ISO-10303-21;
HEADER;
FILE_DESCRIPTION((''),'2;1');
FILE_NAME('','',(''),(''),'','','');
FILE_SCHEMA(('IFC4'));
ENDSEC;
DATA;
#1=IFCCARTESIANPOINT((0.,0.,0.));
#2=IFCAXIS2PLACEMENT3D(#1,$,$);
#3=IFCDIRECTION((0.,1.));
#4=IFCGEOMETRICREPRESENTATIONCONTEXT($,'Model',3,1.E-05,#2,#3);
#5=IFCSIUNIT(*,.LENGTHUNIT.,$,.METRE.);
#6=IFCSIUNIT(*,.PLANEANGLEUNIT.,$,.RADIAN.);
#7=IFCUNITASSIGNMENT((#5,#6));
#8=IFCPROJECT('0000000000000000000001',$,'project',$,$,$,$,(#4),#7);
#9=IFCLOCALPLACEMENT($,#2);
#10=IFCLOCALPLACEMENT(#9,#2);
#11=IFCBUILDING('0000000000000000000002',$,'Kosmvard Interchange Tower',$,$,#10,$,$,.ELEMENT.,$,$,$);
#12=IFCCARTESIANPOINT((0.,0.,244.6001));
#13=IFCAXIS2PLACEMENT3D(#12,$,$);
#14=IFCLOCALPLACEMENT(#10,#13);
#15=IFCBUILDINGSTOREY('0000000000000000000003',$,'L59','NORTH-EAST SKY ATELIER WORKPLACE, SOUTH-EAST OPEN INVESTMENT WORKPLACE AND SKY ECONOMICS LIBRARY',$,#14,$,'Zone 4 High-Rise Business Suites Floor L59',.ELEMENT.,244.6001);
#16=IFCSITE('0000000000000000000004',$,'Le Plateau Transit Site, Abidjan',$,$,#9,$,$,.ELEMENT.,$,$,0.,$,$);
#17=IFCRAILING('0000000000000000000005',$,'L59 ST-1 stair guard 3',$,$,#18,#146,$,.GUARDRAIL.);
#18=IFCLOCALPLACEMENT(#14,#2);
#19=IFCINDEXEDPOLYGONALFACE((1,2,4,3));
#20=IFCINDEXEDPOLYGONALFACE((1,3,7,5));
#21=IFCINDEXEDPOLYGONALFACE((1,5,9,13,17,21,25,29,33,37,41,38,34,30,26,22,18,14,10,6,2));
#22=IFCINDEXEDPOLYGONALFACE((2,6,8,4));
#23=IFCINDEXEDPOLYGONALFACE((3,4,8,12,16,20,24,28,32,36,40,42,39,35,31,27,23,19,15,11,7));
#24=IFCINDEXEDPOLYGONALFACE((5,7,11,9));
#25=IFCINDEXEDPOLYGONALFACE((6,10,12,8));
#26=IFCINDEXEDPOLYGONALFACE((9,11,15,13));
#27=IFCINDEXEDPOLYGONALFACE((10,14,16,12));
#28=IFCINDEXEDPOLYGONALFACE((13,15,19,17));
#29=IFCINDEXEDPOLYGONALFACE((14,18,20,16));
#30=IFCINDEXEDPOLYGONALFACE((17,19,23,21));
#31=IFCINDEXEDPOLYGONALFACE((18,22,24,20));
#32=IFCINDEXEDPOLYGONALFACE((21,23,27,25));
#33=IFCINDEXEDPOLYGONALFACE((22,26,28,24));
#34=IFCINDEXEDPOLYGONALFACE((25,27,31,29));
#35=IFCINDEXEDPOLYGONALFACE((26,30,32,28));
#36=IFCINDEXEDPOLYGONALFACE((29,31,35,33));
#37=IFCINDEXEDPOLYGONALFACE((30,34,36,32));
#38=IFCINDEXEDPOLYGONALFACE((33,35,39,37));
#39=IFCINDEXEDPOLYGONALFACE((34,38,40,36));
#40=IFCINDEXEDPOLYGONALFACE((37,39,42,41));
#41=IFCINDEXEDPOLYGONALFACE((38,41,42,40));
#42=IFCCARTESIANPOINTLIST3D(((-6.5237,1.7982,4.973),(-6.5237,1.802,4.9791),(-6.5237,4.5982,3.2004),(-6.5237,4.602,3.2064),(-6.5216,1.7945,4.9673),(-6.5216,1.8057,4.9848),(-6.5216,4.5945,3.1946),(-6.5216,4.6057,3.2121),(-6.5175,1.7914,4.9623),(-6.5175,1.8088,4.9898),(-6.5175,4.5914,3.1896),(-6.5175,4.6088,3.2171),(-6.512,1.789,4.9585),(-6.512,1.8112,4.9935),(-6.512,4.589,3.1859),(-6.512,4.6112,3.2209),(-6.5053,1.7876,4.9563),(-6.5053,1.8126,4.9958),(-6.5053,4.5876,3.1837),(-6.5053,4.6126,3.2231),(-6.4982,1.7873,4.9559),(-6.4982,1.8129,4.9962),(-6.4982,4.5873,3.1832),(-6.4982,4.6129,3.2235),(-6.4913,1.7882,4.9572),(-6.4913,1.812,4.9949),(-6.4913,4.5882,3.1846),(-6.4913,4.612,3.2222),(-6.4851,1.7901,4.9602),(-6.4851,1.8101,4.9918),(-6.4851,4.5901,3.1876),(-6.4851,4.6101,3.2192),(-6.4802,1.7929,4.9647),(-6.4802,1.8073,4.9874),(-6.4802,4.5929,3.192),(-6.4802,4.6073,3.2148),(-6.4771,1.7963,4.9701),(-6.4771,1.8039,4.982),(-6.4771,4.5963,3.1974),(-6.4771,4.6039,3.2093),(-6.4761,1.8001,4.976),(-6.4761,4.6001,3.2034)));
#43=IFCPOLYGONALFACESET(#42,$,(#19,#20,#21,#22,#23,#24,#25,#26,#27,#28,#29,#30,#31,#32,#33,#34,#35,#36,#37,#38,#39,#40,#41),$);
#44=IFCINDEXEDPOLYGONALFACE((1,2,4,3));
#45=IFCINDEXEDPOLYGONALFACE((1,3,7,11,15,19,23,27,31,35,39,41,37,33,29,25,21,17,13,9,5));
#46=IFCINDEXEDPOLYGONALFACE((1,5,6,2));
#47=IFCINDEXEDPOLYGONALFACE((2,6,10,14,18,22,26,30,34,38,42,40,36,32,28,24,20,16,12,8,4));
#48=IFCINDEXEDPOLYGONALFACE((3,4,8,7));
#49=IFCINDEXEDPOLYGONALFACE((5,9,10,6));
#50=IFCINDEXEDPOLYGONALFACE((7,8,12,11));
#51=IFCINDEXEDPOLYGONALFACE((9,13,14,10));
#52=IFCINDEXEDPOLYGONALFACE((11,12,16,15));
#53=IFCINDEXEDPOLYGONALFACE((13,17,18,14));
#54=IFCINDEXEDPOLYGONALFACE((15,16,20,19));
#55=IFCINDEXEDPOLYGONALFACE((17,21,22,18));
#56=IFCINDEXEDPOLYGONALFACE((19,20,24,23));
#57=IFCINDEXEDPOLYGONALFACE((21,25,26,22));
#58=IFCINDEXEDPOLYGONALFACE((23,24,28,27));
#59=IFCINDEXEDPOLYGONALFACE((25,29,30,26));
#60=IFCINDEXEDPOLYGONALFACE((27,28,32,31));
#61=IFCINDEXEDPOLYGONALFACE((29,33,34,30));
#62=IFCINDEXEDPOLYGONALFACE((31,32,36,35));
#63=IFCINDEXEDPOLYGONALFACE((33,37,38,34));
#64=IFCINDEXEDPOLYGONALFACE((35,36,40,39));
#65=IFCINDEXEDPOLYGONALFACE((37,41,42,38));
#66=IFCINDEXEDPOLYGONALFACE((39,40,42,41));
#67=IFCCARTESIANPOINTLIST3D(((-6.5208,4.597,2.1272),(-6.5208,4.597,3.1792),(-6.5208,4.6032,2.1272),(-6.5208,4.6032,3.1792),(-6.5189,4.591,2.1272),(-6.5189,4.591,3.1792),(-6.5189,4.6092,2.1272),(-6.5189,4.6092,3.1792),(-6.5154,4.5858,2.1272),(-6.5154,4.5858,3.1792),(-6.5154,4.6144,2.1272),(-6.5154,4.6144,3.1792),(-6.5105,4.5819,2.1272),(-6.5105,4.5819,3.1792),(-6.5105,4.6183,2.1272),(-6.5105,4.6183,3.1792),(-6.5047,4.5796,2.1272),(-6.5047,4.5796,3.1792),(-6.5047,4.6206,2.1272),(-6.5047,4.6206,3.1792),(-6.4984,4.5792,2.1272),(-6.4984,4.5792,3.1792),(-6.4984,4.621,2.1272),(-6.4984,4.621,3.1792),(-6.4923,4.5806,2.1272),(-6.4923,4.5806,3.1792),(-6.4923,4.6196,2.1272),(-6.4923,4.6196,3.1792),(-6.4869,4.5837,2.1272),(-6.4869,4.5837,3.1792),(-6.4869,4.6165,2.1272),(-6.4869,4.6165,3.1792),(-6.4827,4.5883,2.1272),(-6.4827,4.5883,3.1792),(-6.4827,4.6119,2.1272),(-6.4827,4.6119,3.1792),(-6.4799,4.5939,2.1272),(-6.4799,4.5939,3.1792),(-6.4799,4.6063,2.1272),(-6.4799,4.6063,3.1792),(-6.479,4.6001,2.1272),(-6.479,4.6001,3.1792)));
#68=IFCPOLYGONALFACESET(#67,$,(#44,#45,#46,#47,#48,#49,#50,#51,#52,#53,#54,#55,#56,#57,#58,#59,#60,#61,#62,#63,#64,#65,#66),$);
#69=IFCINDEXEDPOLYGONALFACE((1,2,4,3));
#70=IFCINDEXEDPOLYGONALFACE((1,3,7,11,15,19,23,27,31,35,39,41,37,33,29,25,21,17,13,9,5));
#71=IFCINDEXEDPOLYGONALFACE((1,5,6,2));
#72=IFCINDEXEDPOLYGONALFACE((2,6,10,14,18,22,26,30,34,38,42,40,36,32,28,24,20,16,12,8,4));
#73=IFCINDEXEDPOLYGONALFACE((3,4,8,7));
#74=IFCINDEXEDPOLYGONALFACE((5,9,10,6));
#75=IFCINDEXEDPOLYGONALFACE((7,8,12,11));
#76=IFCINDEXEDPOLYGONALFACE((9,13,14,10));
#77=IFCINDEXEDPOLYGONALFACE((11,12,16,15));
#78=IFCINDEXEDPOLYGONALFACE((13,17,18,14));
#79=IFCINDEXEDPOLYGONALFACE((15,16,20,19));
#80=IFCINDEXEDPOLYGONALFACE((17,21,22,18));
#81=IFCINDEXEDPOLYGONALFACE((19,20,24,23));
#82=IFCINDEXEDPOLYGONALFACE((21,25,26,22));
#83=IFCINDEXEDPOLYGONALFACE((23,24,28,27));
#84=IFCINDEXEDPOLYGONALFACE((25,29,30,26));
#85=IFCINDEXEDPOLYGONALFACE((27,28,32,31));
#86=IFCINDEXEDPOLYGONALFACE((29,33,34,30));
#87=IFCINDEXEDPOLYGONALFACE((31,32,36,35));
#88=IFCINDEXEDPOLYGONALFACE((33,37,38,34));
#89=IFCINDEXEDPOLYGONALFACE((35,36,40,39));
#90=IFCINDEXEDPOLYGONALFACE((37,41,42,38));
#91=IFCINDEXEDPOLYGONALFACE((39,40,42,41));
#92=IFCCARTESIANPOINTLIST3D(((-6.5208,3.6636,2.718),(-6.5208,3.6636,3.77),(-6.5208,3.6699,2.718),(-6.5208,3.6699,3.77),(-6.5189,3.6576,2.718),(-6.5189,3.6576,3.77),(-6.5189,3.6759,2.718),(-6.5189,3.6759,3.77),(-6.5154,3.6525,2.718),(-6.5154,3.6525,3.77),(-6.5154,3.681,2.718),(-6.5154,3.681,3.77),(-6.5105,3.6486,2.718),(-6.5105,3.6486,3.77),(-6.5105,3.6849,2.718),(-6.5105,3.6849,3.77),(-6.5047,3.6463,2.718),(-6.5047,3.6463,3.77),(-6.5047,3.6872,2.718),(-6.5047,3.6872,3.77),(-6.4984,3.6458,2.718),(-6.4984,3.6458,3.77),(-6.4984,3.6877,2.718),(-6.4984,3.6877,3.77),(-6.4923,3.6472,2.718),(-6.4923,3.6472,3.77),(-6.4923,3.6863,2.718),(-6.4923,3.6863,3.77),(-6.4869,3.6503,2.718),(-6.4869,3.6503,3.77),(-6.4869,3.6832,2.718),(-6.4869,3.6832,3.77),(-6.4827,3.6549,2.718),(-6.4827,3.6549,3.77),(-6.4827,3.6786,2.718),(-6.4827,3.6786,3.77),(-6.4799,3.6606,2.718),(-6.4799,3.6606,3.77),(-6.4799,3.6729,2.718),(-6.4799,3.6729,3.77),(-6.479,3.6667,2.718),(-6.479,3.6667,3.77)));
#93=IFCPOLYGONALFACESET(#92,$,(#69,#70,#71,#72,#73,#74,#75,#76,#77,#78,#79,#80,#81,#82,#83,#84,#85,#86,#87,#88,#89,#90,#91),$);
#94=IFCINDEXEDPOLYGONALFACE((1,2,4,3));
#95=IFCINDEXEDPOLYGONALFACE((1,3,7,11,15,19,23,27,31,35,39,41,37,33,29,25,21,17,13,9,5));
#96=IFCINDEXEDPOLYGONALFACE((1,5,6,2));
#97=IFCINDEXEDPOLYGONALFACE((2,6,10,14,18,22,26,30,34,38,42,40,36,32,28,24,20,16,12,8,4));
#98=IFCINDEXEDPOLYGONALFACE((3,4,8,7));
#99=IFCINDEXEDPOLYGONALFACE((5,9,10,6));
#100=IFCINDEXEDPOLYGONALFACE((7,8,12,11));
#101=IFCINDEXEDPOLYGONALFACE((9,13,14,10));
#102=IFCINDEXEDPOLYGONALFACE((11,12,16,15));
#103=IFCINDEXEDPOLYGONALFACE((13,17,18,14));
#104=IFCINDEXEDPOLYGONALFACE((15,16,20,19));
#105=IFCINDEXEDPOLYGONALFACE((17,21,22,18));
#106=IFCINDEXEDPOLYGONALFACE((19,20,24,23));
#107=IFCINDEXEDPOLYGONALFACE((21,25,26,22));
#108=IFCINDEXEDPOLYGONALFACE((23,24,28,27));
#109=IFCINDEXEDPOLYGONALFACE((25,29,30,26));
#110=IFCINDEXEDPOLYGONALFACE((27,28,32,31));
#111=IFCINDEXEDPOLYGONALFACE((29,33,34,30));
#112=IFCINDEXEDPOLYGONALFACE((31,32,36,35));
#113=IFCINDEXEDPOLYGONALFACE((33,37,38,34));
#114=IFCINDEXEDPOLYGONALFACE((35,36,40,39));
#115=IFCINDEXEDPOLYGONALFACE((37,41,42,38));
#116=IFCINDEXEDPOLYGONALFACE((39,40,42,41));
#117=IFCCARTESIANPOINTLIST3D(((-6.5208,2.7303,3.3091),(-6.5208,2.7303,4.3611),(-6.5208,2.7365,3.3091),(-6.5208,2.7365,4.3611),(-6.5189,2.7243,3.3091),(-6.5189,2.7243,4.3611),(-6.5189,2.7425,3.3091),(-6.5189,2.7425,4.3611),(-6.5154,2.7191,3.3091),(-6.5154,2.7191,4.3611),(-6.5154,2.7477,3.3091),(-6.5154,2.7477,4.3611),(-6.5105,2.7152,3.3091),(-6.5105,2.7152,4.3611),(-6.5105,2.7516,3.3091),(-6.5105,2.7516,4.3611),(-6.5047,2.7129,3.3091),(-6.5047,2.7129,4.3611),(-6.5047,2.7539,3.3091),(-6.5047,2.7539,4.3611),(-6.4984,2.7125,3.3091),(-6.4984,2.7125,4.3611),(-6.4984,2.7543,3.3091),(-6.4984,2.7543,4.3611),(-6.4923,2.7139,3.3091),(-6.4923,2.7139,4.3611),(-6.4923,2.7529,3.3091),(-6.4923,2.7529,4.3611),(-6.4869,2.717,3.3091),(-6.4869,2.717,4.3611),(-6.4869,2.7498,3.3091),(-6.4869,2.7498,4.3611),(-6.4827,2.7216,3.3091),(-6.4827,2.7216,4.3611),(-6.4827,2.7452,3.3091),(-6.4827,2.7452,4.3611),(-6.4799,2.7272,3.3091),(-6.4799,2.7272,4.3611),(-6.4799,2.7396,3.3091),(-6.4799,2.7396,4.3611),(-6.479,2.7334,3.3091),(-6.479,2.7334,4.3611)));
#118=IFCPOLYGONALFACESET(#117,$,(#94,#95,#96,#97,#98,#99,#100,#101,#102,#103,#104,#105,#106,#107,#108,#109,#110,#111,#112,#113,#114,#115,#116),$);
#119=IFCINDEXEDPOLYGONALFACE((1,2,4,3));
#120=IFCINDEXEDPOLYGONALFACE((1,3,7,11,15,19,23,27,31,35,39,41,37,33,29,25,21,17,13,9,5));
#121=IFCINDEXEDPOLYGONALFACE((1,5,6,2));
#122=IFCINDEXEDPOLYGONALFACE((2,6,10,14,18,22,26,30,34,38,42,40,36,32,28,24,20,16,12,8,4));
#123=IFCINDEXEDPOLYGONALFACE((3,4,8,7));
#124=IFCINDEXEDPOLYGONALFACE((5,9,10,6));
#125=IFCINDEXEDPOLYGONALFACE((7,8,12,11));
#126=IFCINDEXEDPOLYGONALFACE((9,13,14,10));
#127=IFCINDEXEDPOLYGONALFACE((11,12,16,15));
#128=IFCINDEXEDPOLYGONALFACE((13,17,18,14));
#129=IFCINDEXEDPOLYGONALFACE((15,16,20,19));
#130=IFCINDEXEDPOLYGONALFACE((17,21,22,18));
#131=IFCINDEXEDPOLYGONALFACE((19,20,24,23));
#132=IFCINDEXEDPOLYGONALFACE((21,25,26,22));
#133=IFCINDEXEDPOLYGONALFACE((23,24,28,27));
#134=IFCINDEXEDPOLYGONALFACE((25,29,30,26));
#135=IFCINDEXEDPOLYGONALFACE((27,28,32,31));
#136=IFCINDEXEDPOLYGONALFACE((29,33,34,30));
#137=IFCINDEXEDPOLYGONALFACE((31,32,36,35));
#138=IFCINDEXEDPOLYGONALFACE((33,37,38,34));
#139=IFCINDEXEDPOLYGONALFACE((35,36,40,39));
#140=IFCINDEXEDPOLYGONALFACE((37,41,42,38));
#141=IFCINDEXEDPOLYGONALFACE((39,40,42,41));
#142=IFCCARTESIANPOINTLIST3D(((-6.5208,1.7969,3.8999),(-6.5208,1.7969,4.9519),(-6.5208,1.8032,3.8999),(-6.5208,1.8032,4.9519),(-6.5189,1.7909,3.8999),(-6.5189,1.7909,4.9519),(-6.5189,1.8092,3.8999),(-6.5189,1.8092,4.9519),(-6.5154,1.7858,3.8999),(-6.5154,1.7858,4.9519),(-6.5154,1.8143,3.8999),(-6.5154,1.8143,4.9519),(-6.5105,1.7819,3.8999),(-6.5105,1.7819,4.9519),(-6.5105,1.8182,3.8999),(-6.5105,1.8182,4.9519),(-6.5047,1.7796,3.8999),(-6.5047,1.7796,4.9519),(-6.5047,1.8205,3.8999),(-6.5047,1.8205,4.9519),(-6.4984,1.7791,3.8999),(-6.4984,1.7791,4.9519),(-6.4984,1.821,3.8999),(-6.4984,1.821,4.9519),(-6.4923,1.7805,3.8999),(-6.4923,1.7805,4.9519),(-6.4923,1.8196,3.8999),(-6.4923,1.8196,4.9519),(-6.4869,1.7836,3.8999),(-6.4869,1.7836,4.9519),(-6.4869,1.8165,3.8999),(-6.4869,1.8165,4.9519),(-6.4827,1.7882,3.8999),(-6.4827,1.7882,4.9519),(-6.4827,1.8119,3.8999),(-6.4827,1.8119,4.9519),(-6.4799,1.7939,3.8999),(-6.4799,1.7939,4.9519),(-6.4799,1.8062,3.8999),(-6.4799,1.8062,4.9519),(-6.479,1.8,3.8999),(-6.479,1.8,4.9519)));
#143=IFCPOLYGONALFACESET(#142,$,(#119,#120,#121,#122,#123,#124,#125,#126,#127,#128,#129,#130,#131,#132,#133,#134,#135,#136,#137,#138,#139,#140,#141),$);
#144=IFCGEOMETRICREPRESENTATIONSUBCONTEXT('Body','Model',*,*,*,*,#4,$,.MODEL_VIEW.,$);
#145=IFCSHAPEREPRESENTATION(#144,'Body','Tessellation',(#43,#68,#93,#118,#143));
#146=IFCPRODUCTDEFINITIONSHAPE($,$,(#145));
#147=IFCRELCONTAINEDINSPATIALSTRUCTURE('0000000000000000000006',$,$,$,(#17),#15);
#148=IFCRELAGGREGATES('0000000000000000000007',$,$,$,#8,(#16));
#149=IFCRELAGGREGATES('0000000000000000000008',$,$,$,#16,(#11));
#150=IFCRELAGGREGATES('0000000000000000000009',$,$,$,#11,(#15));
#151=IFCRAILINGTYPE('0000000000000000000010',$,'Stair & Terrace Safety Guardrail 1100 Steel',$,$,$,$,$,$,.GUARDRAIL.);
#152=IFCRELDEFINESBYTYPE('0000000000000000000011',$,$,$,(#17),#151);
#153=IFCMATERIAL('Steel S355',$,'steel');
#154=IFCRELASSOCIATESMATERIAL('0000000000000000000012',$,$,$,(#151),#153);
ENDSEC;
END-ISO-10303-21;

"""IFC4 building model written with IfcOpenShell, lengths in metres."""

from ifc_helpers import new_model, si_unit, direction, frame, origin, origin_2d, place, context, subcontext, project, spatial, circle, extrude, source, transform, mapped, material, type_object, element, save


model = new_model("IFC4")

# Units and contexts
model_context = context("Model", 3, precision=1e-05, world=origin(), true_north=direction((0.0, 1.0)))
body_context = subcontext(model_context, "Body", "Model", "MODEL_VIEW")
ifc_project = project(units=[si_unit("LENGTHUNIT", "METRE"), si_unit("PLANEANGLEUNIT", "RADIAN")], contexts=[model_context])

# Site, building, storey
site_placement = place(None, origin())
site = spatial("IfcSite", under=ifc_project, at=site_placement, Name="Le Plateau Transit Site, Abidjan", CompositionType="ELEMENT", RefElevation=0.0)
building_placement = place(site_placement, origin())
building = spatial("IfcBuilding", under=site, at=building_placement, Name="Kosmvard Interchange Tower", CompositionType="ELEMENT")
storey_placement = place(building_placement, frame((0.0, 0.0, 244.6001)))
storey = spatial("IfcBuildingStorey", under=building, at=storey_placement, Name="L59", Description="NORTH-EAST SKY ATELIER WORKPLACE, SOUTH-EAST OPEN INVESTMENT WORKPLACE AND SKY ECONOMICS LIBRARY", LongName="Zone 4 High-Rise Business Suites Floor L59", CompositionType="ELEMENT", Elevation=244.6001)

# Shared definitions
ifc_material_1 = material(Name="Steel S355", Category="steel")

# Railing
railing_type_1 = type_object("IfcRailingType", Name="Stair & Terrace Safety Guardrail 1100 Steel", PredefinedType="GUARDRAIL", material=ifc_material_1)
shared_shape_1 = source(origin(), body_context, "Body", "SweptSolid", [
    extrude(circle(Radius=0.0239, at=origin_2d()), frame((0.0, 0.0, 1.0762), z_axis=(0.0, -0.844909, 0.53491), x_axis=(1.0, 0.0, 0.0)), (0.0, 0.0, 1.0), 3.314),
    extrude(circle(Radius=0.021, at=origin_2d()), origin(), (0.0, 0.0, 1.0), 1.052),
    extrude(circle(Radius=0.021, at=origin_2d()), frame((0.0, -0.9333, 0.5908)), (0.0, 0.0, 1.0), 1.052),
    extrude(circle(Radius=0.021, at=origin_2d()), frame((0.0, -1.8667, 1.1819)), (0.0, 0.0, 1.0), 1.052),
    extrude(circle(Radius=0.021, at=origin_2d()), frame((0.0, -2.8, 1.7727)), (0.0, 0.0, 1.0), 1.052),
])
railing_1_placement = place(storey_placement, frame((-6.5, 4.6001, 2.1272)))
element("IfcRailing", 1, at=railing_1_placement, inside=storey, type_object=railing_type_1, Name="L59 ST-1 stair guard 3", PredefinedType="GUARDRAIL", context=body_context, shape_type="MappedRepresentation", body=[
    mapped(shared_shape_1, transform((0.0, 0.0, 0.0), scale=1.0)),
])

save(model, "model.ifc")
